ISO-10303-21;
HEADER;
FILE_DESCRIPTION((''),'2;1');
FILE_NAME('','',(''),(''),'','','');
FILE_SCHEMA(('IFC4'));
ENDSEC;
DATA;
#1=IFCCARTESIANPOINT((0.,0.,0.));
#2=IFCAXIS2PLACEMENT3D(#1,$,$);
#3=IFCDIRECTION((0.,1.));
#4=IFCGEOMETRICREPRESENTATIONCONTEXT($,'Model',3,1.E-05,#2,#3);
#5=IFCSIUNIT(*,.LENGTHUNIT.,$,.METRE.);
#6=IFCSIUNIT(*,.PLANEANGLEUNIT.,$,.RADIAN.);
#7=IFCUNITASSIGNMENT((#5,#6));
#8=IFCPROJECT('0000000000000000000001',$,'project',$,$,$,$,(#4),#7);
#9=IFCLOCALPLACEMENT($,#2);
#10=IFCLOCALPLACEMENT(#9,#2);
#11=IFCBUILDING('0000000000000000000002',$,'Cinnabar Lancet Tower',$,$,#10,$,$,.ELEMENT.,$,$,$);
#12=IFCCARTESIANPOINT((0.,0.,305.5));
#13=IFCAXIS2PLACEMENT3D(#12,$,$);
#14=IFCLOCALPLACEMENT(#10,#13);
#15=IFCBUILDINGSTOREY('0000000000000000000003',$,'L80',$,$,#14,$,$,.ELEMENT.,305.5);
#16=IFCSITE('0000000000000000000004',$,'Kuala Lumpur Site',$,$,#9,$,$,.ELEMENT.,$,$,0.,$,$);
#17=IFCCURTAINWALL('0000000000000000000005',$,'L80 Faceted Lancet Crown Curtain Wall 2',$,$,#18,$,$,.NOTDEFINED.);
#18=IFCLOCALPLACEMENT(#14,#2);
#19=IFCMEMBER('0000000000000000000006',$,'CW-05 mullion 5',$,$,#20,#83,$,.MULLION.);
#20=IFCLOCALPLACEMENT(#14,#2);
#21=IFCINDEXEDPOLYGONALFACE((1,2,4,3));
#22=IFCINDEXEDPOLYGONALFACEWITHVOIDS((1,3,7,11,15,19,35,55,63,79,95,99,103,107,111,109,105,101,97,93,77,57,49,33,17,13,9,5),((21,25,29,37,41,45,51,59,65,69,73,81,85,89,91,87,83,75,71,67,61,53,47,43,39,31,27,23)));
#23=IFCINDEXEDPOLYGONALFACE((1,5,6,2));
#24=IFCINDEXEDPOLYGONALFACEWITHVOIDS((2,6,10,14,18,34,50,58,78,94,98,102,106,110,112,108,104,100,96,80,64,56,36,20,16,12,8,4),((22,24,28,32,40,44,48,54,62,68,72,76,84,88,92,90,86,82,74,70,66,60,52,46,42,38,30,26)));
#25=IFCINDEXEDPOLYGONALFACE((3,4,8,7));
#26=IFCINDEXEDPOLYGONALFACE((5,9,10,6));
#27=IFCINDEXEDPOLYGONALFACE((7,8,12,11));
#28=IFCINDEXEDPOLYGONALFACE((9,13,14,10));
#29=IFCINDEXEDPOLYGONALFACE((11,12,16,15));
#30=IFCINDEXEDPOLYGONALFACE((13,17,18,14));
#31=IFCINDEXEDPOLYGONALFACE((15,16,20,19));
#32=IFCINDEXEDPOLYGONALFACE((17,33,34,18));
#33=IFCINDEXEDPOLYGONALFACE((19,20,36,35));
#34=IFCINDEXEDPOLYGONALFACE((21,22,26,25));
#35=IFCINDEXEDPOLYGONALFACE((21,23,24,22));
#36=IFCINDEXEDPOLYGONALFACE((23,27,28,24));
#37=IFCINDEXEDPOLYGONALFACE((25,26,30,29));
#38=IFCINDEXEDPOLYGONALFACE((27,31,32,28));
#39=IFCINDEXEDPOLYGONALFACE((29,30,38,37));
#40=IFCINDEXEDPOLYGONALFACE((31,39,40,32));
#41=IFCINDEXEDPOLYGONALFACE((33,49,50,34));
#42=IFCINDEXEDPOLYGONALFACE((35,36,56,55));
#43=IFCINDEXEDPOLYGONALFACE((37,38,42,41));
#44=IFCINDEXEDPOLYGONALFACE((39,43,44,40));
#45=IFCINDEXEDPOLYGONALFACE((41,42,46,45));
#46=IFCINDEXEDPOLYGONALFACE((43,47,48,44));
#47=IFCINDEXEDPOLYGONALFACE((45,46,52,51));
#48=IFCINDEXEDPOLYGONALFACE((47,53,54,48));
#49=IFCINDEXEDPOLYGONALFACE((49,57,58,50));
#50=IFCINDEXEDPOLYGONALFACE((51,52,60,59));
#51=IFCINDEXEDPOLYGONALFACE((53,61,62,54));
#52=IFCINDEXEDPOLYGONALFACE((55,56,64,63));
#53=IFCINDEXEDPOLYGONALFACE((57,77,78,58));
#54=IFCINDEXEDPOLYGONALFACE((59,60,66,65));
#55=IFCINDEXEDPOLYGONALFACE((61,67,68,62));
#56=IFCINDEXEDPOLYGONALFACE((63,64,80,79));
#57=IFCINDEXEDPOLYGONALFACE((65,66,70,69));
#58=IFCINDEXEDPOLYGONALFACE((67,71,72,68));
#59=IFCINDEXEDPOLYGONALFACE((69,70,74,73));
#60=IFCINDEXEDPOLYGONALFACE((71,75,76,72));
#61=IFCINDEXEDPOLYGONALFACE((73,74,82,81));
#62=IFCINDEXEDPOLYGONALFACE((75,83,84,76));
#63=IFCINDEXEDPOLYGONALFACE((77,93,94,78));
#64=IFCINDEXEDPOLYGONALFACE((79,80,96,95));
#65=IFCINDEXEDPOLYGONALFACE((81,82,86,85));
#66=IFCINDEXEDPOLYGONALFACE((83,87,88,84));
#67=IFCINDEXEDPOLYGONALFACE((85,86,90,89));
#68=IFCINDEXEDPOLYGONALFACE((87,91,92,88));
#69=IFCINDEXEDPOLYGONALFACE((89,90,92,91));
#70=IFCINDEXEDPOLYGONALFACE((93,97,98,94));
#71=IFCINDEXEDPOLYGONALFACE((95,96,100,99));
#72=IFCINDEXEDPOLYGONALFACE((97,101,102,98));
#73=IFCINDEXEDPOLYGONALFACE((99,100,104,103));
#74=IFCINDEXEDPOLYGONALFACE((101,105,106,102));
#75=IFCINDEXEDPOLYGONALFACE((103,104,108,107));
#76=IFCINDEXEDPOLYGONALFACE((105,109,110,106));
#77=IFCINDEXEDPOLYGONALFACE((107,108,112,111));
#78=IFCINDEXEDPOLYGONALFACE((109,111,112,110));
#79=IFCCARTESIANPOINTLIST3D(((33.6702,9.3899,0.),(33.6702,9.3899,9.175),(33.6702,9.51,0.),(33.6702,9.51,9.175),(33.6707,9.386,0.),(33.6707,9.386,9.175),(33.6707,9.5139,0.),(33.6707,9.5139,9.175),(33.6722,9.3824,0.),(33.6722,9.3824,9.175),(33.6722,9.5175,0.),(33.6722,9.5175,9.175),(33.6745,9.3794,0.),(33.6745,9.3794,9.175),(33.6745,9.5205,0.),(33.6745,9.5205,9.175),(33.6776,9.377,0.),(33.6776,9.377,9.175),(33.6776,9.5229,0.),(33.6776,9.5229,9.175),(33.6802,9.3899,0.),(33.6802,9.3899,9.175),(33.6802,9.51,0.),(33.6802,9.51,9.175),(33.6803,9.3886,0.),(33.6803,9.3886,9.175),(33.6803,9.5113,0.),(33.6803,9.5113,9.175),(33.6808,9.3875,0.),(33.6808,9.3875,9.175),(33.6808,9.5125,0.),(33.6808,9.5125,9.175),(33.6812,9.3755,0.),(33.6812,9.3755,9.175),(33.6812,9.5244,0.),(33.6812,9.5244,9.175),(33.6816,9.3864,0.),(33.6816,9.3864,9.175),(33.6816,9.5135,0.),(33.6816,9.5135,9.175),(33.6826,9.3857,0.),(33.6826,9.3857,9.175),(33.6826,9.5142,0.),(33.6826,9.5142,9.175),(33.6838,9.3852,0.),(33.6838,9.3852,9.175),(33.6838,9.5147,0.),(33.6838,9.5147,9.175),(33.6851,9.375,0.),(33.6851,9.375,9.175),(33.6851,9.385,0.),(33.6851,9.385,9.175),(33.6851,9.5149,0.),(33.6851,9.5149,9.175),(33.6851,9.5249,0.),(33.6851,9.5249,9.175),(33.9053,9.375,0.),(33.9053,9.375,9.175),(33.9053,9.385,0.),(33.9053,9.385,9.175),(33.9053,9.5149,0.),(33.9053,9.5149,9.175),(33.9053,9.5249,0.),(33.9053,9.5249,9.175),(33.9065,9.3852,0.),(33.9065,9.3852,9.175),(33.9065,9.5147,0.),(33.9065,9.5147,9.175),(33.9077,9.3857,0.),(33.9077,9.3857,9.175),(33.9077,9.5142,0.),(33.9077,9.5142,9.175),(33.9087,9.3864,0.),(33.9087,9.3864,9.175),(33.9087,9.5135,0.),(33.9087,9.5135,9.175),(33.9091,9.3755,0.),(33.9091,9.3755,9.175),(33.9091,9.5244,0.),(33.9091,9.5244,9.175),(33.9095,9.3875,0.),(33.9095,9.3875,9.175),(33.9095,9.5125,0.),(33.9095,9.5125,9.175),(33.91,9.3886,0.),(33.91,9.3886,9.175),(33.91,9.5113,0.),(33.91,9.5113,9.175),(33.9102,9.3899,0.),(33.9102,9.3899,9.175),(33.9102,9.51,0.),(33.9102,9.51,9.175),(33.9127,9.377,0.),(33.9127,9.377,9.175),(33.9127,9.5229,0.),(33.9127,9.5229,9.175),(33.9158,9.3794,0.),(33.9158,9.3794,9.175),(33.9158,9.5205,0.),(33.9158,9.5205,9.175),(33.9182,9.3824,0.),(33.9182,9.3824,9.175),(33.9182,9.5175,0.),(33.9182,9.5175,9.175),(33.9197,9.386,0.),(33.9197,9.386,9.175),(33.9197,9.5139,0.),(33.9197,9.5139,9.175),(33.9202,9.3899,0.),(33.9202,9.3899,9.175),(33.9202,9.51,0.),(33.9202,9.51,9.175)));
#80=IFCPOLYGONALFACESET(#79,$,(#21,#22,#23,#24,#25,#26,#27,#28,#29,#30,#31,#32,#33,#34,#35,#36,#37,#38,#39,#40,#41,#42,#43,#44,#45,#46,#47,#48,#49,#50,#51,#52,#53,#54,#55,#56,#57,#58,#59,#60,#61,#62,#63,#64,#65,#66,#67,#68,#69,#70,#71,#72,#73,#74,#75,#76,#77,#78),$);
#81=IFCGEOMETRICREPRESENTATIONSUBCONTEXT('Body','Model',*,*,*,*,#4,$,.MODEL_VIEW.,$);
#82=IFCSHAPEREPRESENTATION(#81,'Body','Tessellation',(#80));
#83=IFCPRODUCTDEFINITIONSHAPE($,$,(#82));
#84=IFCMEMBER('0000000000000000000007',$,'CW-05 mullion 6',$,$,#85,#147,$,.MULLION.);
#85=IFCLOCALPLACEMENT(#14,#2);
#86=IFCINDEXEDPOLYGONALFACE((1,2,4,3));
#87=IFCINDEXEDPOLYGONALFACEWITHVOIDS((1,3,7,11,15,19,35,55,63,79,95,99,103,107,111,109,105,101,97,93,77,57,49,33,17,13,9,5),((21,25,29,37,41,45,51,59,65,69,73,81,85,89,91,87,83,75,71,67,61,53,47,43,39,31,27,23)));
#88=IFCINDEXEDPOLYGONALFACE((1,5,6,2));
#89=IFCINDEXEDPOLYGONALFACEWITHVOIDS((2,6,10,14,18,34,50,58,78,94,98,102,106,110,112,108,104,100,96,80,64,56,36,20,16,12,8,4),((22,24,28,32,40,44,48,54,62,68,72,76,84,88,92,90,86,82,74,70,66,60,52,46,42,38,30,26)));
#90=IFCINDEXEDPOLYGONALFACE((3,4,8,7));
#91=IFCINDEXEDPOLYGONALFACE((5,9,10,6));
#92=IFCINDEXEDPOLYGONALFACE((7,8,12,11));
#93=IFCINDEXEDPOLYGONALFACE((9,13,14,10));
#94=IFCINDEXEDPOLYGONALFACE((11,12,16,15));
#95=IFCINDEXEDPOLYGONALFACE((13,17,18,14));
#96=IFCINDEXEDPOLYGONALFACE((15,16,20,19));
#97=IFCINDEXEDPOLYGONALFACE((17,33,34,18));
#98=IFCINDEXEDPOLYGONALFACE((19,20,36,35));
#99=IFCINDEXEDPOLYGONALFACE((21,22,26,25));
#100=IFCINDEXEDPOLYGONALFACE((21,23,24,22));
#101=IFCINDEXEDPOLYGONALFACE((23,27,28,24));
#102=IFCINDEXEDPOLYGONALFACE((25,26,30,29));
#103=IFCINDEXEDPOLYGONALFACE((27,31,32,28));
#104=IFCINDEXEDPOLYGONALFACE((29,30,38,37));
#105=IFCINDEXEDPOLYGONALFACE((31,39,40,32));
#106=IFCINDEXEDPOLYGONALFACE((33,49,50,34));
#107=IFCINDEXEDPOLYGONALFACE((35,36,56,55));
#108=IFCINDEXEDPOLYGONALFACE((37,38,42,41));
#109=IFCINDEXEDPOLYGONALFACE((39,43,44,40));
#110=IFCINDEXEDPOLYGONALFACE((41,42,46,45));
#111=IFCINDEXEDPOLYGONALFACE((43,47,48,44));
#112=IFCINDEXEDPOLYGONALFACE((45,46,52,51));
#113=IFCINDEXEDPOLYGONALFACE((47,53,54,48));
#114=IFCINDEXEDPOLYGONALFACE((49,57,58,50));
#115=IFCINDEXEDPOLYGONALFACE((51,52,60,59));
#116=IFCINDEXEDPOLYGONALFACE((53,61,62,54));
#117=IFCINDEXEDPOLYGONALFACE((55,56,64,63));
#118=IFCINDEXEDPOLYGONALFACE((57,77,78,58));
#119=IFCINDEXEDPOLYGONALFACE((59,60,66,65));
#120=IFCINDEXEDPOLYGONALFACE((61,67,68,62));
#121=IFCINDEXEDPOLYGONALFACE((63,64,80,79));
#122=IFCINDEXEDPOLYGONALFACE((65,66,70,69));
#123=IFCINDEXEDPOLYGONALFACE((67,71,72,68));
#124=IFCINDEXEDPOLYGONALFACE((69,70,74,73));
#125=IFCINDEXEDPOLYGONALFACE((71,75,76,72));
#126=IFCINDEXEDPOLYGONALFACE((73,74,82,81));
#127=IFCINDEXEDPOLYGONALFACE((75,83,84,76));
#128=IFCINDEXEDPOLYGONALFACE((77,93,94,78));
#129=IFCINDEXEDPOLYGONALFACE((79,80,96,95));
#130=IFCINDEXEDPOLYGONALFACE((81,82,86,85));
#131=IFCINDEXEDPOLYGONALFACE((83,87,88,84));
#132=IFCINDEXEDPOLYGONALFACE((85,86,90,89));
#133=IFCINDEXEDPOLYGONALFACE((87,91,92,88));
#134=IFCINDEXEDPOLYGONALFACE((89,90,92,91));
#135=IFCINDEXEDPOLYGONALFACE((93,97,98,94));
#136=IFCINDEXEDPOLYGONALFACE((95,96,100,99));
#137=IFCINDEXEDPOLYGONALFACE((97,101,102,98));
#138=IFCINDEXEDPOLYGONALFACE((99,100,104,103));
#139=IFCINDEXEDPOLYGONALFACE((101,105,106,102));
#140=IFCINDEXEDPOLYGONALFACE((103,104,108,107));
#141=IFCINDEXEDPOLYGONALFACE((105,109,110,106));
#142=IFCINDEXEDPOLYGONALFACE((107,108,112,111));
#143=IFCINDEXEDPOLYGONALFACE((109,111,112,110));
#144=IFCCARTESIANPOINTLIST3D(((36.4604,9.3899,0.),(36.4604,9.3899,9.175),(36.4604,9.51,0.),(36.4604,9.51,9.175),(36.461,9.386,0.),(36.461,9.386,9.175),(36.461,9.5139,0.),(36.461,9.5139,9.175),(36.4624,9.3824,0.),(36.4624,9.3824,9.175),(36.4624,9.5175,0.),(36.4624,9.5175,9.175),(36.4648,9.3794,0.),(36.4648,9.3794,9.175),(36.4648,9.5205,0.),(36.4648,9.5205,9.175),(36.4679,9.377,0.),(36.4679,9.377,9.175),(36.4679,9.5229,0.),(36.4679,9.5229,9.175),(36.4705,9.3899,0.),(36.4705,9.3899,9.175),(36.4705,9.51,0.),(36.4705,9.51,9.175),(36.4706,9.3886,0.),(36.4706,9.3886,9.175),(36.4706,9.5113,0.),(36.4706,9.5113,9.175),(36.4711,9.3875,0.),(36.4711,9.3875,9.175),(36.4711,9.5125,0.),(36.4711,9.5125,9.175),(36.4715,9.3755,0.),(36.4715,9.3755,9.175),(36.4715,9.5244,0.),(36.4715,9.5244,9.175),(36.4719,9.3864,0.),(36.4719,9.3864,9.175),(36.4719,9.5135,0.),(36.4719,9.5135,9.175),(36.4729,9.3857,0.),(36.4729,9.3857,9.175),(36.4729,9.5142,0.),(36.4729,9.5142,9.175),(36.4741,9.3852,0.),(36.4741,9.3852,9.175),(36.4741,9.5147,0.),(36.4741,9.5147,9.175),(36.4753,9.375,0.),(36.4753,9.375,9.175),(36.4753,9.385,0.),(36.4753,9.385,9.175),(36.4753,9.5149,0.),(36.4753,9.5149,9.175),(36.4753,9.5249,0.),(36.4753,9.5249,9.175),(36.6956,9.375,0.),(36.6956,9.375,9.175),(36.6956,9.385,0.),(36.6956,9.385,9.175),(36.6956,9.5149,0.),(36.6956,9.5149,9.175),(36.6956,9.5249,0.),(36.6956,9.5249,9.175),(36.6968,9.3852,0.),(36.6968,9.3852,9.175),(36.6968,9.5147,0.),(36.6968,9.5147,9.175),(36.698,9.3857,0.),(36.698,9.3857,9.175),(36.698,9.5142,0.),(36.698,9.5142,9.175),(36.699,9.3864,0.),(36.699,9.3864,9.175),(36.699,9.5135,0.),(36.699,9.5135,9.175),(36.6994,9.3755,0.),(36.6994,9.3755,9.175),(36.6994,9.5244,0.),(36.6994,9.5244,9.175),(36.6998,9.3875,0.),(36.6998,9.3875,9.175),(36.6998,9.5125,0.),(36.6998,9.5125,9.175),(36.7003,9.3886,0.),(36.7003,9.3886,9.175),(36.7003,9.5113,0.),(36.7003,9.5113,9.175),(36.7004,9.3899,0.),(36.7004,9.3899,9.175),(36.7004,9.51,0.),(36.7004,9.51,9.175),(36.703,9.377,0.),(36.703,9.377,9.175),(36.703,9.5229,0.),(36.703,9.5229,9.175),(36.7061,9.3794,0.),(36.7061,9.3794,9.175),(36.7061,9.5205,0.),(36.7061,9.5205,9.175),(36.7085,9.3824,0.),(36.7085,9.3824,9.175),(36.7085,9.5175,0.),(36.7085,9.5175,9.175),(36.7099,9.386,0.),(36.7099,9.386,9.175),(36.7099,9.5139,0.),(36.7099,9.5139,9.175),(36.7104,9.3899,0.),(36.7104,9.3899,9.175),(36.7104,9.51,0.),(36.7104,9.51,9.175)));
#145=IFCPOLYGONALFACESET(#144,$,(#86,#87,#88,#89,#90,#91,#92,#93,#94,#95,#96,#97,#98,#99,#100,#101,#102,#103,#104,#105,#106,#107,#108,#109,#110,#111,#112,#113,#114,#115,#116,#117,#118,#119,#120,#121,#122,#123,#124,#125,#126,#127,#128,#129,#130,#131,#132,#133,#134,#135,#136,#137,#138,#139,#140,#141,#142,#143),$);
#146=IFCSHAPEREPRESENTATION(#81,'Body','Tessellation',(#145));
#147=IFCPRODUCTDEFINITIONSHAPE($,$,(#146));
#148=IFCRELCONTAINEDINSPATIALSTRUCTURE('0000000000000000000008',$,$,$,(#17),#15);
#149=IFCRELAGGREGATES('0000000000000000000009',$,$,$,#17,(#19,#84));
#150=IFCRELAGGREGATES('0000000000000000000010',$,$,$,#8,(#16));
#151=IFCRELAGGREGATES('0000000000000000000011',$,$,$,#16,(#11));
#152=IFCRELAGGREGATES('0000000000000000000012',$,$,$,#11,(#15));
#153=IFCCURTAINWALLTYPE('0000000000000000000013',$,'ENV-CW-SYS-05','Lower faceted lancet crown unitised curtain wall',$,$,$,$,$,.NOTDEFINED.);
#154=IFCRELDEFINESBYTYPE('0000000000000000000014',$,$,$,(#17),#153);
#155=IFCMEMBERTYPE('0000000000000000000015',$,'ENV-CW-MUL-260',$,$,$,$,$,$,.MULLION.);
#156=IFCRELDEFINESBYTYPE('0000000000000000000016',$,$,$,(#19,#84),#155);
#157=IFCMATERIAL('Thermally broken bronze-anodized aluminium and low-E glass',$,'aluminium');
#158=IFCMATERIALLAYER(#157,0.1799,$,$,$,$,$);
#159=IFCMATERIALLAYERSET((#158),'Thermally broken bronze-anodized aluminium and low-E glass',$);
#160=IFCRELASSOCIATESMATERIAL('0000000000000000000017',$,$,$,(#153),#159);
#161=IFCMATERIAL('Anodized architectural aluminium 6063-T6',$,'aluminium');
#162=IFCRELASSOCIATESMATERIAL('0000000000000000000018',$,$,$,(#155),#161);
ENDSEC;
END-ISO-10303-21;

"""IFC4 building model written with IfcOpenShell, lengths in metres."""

from ifc_helpers import new_model, si_unit, direction, frame, origin, origin_2d, place, context, subcontext, project, spatial, hollow_rectangle, extrude, material, layer, layer_set, material_profile, profile_set, type_object, element, aggregate, save


model = new_model("IFC4")

# Units and contexts
model_context = context("Model", 3, precision=1e-05, world=origin(), true_north=direction((0.0, 1.0)))
body_context = subcontext(model_context, "Body", "Model", "MODEL_VIEW")
ifc_project = project(units=[si_unit("LENGTHUNIT", "METRE"), si_unit("PLANEANGLEUNIT", "RADIAN")], contexts=[model_context])

# Site, building, storey
site_placement = place(None, origin())
site = spatial("IfcSite", under=ifc_project, at=site_placement, Name="Kuala Lumpur Site", CompositionType="ELEMENT", RefElevation=0.0)
building_placement = place(site_placement, origin())
building = spatial("IfcBuilding", under=site, at=building_placement, Name="Cinnabar Lancet Tower", CompositionType="ELEMENT")
storey_placement = place(building_placement, frame((0.0, 0.0, 305.5)))
storey = spatial("IfcBuildingStorey", under=building, at=storey_placement, Name="L80", CompositionType="ELEMENT", Elevation=305.5)

# Curtain wall, members
ifc_material_1 = material(Name="Thermally broken bronze-anodized aluminium and low-E glass", Category="aluminium")
ifc_layer_1 = layer(ifc_material_1, 0.1799)
ifc_layer_set_1 = layer_set([ifc_layer_1], Name="Thermally broken bronze-anodized aluminium and low-E glass")
curtain_wall_type = type_object("IfcCurtainWallType", Name="ENV-CW-SYS-05", Description="Lower faceted lancet crown unitised curtain wall", PredefinedType="NOTDEFINED", material=ifc_layer_set_1)
curtain_wall_1_placement = place(storey_placement, origin())
curtain_wall_1 = element("IfcCurtainWall", 1, at=curtain_wall_1_placement, inside=storey, type_object=curtain_wall_type, Name="L80 Faceted Lancet Crown Curtain Wall 2", PredefinedType="NOTDEFINED")
ifc_material_2 = material(Name="Anodized architectural aluminium 6063-T6", Category="aluminium")
ifc_material_profile_1 = material_profile(ifc_material_2, hollow_rectangle(XDim=0.1499, YDim=0.25, WallThickness=0.01, InnerFilletRadius=0.0049, OuterFilletRadius=0.0149, at=origin_2d()), Name="RHS 250x150x10")
ifc_profile_set_1 = profile_set([ifc_material_profile_1], Name="Anodized architectural aluminium 6063-T6")
member_type_1 = type_object("IfcMemberType", Name="ENV-CW-MUL-260", PredefinedType="MULLION", material=ifc_profile_set_1)
member_1_placement = place(storey_placement, frame((33.7952, 9.45, 0.0), z_axis=(0.0, 0.0, 1.0), x_axis=(0.0, 1.0, 0.0)))
member_1 = element("IfcMember", 2, at=member_1_placement, type_object=member_type_1, Name="CW-05 mullion 5", PredefinedType="MULLION", context=body_context, shape_type="SweptSolid", body=[
    extrude(hollow_rectangle(XDim=0.1499, YDim=0.25, WallThickness=0.01, InnerFilletRadius=0.0049, OuterFilletRadius=0.0149, at=origin_2d()), origin(), (0.0, 0.0, 1.0), 9.175),
])
member_2_placement = place(storey_placement, frame((36.5854, 9.45, 0.0), z_axis=(0.0, 0.0, 1.0), x_axis=(0.0, 1.0, 0.0)))
member_2 = element("IfcMember", 3, at=member_2_placement, type_object=member_type_1, Name="CW-05 mullion 6", PredefinedType="MULLION", context=body_context, shape_type="SweptSolid", body=[
    extrude(hollow_rectangle(XDim=0.1499, YDim=0.25, WallThickness=0.01, InnerFilletRadius=0.0049, OuterFilletRadius=0.0149, at=origin_2d()), origin(), (0.0, 0.0, 1.0), 9.175),
])

aggregate(curtain_wall_1, [member_1, member_2])

save(model, "model.ifc")
